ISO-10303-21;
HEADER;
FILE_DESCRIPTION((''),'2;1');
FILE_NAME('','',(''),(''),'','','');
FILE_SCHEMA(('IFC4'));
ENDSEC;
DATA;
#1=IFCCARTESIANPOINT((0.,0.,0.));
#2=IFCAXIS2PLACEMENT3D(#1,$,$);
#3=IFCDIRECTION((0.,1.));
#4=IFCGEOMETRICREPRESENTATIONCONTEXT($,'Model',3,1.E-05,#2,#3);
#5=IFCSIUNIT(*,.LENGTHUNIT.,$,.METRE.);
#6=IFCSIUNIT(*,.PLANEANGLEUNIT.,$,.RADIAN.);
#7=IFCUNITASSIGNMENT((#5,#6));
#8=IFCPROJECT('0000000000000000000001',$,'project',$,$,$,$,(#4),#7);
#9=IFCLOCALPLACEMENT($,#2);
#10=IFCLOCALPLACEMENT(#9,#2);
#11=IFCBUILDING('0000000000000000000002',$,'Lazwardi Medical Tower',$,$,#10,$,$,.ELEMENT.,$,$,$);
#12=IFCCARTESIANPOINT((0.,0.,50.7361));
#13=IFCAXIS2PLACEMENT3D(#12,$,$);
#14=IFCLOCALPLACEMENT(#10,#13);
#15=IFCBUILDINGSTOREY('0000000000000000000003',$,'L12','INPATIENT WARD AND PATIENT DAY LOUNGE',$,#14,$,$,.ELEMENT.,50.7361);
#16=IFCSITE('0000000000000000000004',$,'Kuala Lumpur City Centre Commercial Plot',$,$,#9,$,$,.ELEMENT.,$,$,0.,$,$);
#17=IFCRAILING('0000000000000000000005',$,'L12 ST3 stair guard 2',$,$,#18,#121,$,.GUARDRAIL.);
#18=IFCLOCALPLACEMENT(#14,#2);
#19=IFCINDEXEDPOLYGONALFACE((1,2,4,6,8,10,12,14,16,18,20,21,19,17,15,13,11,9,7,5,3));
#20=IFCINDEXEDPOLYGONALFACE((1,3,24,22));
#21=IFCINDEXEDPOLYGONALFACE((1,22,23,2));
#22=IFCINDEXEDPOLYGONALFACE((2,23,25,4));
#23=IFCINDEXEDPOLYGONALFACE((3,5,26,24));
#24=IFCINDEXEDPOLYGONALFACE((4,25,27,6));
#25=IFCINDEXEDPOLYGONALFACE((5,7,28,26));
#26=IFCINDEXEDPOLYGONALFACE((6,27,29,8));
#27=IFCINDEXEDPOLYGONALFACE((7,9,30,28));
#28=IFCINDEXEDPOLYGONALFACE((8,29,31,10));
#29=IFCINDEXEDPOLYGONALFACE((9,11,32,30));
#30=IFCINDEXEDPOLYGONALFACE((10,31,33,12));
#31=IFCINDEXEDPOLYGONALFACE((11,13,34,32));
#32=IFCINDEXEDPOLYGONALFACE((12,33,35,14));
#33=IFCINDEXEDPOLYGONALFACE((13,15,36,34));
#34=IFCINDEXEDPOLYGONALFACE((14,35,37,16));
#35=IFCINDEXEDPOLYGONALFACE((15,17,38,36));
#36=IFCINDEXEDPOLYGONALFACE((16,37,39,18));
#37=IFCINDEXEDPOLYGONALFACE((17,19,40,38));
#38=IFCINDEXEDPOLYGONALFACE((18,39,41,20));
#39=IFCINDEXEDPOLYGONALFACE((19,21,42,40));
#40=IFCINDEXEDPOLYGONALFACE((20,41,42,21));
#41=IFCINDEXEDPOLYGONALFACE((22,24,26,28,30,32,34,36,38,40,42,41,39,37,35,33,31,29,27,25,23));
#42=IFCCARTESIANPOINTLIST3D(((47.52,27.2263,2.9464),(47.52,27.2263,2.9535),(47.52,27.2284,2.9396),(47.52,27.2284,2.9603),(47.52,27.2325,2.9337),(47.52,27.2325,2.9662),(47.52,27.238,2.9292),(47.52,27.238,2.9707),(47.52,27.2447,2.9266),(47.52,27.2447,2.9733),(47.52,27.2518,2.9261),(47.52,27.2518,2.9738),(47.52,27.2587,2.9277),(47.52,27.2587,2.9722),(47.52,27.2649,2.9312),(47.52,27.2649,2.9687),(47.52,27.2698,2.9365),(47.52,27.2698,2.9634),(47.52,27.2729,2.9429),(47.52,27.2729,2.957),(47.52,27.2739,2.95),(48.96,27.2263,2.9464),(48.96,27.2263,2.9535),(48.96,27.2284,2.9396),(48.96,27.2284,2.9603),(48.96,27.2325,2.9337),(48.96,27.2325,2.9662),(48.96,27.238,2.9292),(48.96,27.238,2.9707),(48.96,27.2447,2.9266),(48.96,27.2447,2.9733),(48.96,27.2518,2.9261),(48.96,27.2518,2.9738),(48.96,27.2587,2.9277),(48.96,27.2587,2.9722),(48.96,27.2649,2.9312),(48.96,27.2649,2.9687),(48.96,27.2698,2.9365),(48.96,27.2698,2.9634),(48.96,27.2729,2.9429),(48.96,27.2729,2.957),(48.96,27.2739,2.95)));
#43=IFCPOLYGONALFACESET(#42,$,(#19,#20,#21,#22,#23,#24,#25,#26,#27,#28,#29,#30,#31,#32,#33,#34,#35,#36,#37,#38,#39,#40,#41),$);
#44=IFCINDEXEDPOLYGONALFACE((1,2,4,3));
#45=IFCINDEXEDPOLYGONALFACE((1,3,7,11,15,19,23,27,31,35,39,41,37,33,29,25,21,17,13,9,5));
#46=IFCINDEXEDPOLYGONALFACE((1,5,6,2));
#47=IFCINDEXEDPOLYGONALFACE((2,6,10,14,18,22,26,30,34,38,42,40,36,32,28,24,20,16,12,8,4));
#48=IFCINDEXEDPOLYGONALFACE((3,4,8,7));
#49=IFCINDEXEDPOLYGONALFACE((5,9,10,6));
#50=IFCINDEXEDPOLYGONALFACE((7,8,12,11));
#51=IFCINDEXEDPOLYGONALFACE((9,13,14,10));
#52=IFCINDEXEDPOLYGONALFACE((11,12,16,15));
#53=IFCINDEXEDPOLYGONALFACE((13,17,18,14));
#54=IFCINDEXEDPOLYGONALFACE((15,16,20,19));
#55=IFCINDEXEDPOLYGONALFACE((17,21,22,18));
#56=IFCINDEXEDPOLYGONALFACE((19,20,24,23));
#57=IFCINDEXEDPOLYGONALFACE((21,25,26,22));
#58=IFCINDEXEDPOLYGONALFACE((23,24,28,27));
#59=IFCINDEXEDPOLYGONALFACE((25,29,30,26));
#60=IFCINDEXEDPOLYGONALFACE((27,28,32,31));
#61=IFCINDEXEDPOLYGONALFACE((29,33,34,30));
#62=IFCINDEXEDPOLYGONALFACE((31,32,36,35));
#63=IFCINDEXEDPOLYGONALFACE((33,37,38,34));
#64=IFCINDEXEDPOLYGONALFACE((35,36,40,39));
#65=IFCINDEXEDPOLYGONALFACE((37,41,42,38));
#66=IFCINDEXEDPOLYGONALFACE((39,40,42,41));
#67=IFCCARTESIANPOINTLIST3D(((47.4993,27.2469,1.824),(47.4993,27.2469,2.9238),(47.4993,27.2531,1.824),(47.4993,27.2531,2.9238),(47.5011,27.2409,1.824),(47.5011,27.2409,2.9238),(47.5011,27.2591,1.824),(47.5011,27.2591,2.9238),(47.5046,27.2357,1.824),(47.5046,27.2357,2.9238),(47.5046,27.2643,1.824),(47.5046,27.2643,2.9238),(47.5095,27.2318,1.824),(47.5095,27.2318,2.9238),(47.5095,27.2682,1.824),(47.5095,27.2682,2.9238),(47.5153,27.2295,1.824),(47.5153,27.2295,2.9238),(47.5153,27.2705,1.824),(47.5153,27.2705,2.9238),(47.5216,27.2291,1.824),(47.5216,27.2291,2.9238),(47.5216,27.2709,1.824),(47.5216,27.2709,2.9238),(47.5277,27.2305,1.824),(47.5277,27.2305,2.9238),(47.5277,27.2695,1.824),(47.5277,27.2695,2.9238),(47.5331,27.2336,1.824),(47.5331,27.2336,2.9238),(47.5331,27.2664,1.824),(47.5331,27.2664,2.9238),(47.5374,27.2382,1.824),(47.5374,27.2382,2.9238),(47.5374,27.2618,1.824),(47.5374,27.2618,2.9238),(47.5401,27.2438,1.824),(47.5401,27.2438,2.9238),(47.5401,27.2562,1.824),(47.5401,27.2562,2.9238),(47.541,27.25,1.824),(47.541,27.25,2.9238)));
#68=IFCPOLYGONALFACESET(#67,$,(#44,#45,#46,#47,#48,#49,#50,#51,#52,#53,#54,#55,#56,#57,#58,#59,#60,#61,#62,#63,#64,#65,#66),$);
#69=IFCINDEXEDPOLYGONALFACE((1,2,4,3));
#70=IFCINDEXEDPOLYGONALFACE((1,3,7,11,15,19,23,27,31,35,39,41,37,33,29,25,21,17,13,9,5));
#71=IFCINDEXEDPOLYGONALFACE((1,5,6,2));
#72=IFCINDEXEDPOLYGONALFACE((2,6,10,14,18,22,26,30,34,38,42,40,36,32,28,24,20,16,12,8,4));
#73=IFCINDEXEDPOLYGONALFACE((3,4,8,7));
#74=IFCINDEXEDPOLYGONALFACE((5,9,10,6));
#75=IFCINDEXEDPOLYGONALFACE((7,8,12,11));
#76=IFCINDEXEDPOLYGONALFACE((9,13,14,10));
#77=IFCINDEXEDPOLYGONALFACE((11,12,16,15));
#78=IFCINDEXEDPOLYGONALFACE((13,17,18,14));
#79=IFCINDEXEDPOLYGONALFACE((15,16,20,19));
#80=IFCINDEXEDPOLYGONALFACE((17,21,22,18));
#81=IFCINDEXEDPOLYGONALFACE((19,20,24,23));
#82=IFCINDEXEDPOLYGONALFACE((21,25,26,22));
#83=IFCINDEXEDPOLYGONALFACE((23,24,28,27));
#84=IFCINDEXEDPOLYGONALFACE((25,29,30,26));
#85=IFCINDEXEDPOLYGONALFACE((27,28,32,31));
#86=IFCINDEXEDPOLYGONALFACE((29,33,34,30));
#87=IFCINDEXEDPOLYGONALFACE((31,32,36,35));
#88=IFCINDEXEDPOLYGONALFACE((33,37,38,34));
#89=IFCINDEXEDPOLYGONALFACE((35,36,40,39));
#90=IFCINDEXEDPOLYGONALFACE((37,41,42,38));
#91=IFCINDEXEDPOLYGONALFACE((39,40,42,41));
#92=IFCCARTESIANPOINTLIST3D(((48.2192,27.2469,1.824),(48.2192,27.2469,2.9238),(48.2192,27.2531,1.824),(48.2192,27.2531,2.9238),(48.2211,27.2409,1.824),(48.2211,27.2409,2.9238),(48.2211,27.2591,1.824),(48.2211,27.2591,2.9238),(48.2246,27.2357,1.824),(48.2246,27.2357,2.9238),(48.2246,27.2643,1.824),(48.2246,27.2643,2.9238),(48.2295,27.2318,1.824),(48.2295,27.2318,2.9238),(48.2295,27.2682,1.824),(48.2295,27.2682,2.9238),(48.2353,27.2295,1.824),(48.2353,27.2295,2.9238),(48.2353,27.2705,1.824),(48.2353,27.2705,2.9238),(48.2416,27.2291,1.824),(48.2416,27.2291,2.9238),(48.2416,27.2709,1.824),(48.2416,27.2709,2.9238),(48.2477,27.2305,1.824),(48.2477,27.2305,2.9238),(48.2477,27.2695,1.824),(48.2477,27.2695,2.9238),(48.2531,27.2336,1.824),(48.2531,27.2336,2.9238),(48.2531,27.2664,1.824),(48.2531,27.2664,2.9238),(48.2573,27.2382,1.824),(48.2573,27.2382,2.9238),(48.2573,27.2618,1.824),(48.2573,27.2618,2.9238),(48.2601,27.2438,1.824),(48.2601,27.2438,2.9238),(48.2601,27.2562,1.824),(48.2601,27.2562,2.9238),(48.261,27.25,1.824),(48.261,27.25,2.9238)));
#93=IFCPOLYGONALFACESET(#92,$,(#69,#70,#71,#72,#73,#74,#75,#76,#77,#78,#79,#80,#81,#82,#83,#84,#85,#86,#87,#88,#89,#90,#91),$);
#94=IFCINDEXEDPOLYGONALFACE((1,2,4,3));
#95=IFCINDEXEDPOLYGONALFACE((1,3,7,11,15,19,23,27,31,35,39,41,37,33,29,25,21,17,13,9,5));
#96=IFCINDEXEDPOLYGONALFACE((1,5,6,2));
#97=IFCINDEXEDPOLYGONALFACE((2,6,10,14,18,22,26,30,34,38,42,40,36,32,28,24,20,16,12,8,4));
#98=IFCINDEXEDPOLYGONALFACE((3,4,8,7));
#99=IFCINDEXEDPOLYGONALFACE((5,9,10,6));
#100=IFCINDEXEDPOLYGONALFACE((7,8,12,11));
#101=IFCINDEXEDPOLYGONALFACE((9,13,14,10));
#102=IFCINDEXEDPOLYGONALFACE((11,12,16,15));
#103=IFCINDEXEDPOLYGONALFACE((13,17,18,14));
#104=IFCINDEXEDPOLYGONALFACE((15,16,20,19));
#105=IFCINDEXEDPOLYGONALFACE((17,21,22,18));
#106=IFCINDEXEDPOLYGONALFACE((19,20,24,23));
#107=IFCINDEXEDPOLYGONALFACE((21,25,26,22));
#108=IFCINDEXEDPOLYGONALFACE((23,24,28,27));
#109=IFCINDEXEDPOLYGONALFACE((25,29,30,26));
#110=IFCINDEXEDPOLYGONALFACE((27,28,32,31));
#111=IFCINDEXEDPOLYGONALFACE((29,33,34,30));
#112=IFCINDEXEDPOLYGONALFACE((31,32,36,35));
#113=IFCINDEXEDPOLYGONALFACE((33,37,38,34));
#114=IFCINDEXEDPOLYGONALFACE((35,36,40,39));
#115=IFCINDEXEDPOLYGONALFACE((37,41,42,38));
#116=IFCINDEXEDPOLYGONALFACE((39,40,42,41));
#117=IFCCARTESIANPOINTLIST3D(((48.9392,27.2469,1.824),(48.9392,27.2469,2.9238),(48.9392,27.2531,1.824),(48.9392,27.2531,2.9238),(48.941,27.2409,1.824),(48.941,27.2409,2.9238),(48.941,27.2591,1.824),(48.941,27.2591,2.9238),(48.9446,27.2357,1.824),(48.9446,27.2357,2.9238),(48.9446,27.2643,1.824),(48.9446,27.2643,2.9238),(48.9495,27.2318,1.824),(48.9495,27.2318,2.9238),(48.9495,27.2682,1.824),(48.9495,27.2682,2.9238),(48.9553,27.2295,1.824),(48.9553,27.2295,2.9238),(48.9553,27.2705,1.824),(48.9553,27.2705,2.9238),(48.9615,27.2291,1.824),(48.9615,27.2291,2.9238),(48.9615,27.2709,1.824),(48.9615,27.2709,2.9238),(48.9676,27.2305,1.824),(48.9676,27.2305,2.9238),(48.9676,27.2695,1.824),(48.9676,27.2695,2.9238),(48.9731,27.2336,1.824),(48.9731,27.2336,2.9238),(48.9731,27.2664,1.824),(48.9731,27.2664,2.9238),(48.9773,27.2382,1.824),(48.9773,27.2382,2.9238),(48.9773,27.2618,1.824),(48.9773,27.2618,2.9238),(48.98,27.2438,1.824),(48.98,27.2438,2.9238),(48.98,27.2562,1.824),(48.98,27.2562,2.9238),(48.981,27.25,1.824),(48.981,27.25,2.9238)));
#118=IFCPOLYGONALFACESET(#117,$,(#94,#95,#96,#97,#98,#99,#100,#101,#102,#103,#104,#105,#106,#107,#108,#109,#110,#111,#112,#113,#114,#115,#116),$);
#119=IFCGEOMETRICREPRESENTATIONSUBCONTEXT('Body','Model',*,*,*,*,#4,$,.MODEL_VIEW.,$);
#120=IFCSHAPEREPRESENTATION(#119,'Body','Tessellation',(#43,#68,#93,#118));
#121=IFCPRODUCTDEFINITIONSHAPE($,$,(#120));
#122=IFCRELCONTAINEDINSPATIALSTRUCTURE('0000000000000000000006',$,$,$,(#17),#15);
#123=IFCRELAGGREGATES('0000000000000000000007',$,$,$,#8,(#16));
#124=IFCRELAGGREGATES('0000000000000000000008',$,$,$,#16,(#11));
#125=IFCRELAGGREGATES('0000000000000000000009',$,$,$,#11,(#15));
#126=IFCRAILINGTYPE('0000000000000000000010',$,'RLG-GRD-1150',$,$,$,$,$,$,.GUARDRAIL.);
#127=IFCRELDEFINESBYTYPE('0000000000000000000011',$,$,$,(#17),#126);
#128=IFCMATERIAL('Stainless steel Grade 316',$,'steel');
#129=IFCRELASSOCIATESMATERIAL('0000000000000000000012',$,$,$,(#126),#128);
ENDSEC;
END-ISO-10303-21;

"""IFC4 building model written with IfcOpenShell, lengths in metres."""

from ifc_helpers import new_model, si_unit, direction, frame, origin, origin_2d, place, context, subcontext, project, spatial, circle, extrude, material, type_object, element, save


model = new_model("IFC4")

# Units and contexts
model_context = context("Model", 3, precision=1e-05, world=origin(), true_north=direction((0.0, 1.0)))
body_context = subcontext(model_context, "Body", "Model", "MODEL_VIEW")
ifc_project = project(units=[si_unit("LENGTHUNIT", "METRE"), si_unit("PLANEANGLEUNIT", "RADIAN")], contexts=[model_context])

# Site, building, storey
site_placement = place(None, origin())
site = spatial("IfcSite", under=ifc_project, at=site_placement, Name="Kuala Lumpur City Centre Commercial Plot", CompositionType="ELEMENT", RefElevation=0.0)
building_placement = place(site_placement, origin())
building = spatial("IfcBuilding", under=site, at=building_placement, Name="Lazwardi Medical Tower", CompositionType="ELEMENT")
storey_placement = place(building_placement, frame((0.0, 0.0, 50.7361)))
storey = spatial("IfcBuildingStorey", under=building, at=storey_placement, Name="L12", Description="INPATIENT WARD AND PATIENT DAY LOUNGE", CompositionType="ELEMENT", Elevation=50.7361)

# Railing
ifc_material_1 = material(Name="Stainless steel Grade 316", Category="steel")
railing_type_1 = type_object("IfcRailingType", Name="RLG-GRD-1150", PredefinedType="GUARDRAIL", material=ifc_material_1)
railing_1_placement = place(storey_placement, frame((47.52, 27.25, 1.824)))
element("IfcRailing", 1, at=railing_1_placement, inside=storey, type_object=railing_type_1, Name="L12 ST3 stair guard 2", PredefinedType="GUARDRAIL", context=body_context, shape_type="SweptSolid", body=[
    extrude(circle(Radius=0.0239, at=origin_2d()), frame((0.0, 0.0, 1.126), z_axis=(1.0, 0.0, 0.0), x_axis=(0.0, 1.0, 0.0)), (0.0, 0.0, 1.0), 1.4399),
    extrude(circle(Radius=0.021, at=origin_2d()), origin(), (0.0, 0.0, 1.0), 1.0999),
    extrude(circle(Radius=0.021, at=origin_2d()), frame((0.72, 0.0, 0.0)), (0.0, 0.0, 1.0), 1.0999),
    extrude(circle(Radius=0.021, at=origin_2d()), frame((1.4399, 0.0, 0.0)), (0.0, 0.0, 1.0), 1.0999),
])

save(model, "model.ifc")
